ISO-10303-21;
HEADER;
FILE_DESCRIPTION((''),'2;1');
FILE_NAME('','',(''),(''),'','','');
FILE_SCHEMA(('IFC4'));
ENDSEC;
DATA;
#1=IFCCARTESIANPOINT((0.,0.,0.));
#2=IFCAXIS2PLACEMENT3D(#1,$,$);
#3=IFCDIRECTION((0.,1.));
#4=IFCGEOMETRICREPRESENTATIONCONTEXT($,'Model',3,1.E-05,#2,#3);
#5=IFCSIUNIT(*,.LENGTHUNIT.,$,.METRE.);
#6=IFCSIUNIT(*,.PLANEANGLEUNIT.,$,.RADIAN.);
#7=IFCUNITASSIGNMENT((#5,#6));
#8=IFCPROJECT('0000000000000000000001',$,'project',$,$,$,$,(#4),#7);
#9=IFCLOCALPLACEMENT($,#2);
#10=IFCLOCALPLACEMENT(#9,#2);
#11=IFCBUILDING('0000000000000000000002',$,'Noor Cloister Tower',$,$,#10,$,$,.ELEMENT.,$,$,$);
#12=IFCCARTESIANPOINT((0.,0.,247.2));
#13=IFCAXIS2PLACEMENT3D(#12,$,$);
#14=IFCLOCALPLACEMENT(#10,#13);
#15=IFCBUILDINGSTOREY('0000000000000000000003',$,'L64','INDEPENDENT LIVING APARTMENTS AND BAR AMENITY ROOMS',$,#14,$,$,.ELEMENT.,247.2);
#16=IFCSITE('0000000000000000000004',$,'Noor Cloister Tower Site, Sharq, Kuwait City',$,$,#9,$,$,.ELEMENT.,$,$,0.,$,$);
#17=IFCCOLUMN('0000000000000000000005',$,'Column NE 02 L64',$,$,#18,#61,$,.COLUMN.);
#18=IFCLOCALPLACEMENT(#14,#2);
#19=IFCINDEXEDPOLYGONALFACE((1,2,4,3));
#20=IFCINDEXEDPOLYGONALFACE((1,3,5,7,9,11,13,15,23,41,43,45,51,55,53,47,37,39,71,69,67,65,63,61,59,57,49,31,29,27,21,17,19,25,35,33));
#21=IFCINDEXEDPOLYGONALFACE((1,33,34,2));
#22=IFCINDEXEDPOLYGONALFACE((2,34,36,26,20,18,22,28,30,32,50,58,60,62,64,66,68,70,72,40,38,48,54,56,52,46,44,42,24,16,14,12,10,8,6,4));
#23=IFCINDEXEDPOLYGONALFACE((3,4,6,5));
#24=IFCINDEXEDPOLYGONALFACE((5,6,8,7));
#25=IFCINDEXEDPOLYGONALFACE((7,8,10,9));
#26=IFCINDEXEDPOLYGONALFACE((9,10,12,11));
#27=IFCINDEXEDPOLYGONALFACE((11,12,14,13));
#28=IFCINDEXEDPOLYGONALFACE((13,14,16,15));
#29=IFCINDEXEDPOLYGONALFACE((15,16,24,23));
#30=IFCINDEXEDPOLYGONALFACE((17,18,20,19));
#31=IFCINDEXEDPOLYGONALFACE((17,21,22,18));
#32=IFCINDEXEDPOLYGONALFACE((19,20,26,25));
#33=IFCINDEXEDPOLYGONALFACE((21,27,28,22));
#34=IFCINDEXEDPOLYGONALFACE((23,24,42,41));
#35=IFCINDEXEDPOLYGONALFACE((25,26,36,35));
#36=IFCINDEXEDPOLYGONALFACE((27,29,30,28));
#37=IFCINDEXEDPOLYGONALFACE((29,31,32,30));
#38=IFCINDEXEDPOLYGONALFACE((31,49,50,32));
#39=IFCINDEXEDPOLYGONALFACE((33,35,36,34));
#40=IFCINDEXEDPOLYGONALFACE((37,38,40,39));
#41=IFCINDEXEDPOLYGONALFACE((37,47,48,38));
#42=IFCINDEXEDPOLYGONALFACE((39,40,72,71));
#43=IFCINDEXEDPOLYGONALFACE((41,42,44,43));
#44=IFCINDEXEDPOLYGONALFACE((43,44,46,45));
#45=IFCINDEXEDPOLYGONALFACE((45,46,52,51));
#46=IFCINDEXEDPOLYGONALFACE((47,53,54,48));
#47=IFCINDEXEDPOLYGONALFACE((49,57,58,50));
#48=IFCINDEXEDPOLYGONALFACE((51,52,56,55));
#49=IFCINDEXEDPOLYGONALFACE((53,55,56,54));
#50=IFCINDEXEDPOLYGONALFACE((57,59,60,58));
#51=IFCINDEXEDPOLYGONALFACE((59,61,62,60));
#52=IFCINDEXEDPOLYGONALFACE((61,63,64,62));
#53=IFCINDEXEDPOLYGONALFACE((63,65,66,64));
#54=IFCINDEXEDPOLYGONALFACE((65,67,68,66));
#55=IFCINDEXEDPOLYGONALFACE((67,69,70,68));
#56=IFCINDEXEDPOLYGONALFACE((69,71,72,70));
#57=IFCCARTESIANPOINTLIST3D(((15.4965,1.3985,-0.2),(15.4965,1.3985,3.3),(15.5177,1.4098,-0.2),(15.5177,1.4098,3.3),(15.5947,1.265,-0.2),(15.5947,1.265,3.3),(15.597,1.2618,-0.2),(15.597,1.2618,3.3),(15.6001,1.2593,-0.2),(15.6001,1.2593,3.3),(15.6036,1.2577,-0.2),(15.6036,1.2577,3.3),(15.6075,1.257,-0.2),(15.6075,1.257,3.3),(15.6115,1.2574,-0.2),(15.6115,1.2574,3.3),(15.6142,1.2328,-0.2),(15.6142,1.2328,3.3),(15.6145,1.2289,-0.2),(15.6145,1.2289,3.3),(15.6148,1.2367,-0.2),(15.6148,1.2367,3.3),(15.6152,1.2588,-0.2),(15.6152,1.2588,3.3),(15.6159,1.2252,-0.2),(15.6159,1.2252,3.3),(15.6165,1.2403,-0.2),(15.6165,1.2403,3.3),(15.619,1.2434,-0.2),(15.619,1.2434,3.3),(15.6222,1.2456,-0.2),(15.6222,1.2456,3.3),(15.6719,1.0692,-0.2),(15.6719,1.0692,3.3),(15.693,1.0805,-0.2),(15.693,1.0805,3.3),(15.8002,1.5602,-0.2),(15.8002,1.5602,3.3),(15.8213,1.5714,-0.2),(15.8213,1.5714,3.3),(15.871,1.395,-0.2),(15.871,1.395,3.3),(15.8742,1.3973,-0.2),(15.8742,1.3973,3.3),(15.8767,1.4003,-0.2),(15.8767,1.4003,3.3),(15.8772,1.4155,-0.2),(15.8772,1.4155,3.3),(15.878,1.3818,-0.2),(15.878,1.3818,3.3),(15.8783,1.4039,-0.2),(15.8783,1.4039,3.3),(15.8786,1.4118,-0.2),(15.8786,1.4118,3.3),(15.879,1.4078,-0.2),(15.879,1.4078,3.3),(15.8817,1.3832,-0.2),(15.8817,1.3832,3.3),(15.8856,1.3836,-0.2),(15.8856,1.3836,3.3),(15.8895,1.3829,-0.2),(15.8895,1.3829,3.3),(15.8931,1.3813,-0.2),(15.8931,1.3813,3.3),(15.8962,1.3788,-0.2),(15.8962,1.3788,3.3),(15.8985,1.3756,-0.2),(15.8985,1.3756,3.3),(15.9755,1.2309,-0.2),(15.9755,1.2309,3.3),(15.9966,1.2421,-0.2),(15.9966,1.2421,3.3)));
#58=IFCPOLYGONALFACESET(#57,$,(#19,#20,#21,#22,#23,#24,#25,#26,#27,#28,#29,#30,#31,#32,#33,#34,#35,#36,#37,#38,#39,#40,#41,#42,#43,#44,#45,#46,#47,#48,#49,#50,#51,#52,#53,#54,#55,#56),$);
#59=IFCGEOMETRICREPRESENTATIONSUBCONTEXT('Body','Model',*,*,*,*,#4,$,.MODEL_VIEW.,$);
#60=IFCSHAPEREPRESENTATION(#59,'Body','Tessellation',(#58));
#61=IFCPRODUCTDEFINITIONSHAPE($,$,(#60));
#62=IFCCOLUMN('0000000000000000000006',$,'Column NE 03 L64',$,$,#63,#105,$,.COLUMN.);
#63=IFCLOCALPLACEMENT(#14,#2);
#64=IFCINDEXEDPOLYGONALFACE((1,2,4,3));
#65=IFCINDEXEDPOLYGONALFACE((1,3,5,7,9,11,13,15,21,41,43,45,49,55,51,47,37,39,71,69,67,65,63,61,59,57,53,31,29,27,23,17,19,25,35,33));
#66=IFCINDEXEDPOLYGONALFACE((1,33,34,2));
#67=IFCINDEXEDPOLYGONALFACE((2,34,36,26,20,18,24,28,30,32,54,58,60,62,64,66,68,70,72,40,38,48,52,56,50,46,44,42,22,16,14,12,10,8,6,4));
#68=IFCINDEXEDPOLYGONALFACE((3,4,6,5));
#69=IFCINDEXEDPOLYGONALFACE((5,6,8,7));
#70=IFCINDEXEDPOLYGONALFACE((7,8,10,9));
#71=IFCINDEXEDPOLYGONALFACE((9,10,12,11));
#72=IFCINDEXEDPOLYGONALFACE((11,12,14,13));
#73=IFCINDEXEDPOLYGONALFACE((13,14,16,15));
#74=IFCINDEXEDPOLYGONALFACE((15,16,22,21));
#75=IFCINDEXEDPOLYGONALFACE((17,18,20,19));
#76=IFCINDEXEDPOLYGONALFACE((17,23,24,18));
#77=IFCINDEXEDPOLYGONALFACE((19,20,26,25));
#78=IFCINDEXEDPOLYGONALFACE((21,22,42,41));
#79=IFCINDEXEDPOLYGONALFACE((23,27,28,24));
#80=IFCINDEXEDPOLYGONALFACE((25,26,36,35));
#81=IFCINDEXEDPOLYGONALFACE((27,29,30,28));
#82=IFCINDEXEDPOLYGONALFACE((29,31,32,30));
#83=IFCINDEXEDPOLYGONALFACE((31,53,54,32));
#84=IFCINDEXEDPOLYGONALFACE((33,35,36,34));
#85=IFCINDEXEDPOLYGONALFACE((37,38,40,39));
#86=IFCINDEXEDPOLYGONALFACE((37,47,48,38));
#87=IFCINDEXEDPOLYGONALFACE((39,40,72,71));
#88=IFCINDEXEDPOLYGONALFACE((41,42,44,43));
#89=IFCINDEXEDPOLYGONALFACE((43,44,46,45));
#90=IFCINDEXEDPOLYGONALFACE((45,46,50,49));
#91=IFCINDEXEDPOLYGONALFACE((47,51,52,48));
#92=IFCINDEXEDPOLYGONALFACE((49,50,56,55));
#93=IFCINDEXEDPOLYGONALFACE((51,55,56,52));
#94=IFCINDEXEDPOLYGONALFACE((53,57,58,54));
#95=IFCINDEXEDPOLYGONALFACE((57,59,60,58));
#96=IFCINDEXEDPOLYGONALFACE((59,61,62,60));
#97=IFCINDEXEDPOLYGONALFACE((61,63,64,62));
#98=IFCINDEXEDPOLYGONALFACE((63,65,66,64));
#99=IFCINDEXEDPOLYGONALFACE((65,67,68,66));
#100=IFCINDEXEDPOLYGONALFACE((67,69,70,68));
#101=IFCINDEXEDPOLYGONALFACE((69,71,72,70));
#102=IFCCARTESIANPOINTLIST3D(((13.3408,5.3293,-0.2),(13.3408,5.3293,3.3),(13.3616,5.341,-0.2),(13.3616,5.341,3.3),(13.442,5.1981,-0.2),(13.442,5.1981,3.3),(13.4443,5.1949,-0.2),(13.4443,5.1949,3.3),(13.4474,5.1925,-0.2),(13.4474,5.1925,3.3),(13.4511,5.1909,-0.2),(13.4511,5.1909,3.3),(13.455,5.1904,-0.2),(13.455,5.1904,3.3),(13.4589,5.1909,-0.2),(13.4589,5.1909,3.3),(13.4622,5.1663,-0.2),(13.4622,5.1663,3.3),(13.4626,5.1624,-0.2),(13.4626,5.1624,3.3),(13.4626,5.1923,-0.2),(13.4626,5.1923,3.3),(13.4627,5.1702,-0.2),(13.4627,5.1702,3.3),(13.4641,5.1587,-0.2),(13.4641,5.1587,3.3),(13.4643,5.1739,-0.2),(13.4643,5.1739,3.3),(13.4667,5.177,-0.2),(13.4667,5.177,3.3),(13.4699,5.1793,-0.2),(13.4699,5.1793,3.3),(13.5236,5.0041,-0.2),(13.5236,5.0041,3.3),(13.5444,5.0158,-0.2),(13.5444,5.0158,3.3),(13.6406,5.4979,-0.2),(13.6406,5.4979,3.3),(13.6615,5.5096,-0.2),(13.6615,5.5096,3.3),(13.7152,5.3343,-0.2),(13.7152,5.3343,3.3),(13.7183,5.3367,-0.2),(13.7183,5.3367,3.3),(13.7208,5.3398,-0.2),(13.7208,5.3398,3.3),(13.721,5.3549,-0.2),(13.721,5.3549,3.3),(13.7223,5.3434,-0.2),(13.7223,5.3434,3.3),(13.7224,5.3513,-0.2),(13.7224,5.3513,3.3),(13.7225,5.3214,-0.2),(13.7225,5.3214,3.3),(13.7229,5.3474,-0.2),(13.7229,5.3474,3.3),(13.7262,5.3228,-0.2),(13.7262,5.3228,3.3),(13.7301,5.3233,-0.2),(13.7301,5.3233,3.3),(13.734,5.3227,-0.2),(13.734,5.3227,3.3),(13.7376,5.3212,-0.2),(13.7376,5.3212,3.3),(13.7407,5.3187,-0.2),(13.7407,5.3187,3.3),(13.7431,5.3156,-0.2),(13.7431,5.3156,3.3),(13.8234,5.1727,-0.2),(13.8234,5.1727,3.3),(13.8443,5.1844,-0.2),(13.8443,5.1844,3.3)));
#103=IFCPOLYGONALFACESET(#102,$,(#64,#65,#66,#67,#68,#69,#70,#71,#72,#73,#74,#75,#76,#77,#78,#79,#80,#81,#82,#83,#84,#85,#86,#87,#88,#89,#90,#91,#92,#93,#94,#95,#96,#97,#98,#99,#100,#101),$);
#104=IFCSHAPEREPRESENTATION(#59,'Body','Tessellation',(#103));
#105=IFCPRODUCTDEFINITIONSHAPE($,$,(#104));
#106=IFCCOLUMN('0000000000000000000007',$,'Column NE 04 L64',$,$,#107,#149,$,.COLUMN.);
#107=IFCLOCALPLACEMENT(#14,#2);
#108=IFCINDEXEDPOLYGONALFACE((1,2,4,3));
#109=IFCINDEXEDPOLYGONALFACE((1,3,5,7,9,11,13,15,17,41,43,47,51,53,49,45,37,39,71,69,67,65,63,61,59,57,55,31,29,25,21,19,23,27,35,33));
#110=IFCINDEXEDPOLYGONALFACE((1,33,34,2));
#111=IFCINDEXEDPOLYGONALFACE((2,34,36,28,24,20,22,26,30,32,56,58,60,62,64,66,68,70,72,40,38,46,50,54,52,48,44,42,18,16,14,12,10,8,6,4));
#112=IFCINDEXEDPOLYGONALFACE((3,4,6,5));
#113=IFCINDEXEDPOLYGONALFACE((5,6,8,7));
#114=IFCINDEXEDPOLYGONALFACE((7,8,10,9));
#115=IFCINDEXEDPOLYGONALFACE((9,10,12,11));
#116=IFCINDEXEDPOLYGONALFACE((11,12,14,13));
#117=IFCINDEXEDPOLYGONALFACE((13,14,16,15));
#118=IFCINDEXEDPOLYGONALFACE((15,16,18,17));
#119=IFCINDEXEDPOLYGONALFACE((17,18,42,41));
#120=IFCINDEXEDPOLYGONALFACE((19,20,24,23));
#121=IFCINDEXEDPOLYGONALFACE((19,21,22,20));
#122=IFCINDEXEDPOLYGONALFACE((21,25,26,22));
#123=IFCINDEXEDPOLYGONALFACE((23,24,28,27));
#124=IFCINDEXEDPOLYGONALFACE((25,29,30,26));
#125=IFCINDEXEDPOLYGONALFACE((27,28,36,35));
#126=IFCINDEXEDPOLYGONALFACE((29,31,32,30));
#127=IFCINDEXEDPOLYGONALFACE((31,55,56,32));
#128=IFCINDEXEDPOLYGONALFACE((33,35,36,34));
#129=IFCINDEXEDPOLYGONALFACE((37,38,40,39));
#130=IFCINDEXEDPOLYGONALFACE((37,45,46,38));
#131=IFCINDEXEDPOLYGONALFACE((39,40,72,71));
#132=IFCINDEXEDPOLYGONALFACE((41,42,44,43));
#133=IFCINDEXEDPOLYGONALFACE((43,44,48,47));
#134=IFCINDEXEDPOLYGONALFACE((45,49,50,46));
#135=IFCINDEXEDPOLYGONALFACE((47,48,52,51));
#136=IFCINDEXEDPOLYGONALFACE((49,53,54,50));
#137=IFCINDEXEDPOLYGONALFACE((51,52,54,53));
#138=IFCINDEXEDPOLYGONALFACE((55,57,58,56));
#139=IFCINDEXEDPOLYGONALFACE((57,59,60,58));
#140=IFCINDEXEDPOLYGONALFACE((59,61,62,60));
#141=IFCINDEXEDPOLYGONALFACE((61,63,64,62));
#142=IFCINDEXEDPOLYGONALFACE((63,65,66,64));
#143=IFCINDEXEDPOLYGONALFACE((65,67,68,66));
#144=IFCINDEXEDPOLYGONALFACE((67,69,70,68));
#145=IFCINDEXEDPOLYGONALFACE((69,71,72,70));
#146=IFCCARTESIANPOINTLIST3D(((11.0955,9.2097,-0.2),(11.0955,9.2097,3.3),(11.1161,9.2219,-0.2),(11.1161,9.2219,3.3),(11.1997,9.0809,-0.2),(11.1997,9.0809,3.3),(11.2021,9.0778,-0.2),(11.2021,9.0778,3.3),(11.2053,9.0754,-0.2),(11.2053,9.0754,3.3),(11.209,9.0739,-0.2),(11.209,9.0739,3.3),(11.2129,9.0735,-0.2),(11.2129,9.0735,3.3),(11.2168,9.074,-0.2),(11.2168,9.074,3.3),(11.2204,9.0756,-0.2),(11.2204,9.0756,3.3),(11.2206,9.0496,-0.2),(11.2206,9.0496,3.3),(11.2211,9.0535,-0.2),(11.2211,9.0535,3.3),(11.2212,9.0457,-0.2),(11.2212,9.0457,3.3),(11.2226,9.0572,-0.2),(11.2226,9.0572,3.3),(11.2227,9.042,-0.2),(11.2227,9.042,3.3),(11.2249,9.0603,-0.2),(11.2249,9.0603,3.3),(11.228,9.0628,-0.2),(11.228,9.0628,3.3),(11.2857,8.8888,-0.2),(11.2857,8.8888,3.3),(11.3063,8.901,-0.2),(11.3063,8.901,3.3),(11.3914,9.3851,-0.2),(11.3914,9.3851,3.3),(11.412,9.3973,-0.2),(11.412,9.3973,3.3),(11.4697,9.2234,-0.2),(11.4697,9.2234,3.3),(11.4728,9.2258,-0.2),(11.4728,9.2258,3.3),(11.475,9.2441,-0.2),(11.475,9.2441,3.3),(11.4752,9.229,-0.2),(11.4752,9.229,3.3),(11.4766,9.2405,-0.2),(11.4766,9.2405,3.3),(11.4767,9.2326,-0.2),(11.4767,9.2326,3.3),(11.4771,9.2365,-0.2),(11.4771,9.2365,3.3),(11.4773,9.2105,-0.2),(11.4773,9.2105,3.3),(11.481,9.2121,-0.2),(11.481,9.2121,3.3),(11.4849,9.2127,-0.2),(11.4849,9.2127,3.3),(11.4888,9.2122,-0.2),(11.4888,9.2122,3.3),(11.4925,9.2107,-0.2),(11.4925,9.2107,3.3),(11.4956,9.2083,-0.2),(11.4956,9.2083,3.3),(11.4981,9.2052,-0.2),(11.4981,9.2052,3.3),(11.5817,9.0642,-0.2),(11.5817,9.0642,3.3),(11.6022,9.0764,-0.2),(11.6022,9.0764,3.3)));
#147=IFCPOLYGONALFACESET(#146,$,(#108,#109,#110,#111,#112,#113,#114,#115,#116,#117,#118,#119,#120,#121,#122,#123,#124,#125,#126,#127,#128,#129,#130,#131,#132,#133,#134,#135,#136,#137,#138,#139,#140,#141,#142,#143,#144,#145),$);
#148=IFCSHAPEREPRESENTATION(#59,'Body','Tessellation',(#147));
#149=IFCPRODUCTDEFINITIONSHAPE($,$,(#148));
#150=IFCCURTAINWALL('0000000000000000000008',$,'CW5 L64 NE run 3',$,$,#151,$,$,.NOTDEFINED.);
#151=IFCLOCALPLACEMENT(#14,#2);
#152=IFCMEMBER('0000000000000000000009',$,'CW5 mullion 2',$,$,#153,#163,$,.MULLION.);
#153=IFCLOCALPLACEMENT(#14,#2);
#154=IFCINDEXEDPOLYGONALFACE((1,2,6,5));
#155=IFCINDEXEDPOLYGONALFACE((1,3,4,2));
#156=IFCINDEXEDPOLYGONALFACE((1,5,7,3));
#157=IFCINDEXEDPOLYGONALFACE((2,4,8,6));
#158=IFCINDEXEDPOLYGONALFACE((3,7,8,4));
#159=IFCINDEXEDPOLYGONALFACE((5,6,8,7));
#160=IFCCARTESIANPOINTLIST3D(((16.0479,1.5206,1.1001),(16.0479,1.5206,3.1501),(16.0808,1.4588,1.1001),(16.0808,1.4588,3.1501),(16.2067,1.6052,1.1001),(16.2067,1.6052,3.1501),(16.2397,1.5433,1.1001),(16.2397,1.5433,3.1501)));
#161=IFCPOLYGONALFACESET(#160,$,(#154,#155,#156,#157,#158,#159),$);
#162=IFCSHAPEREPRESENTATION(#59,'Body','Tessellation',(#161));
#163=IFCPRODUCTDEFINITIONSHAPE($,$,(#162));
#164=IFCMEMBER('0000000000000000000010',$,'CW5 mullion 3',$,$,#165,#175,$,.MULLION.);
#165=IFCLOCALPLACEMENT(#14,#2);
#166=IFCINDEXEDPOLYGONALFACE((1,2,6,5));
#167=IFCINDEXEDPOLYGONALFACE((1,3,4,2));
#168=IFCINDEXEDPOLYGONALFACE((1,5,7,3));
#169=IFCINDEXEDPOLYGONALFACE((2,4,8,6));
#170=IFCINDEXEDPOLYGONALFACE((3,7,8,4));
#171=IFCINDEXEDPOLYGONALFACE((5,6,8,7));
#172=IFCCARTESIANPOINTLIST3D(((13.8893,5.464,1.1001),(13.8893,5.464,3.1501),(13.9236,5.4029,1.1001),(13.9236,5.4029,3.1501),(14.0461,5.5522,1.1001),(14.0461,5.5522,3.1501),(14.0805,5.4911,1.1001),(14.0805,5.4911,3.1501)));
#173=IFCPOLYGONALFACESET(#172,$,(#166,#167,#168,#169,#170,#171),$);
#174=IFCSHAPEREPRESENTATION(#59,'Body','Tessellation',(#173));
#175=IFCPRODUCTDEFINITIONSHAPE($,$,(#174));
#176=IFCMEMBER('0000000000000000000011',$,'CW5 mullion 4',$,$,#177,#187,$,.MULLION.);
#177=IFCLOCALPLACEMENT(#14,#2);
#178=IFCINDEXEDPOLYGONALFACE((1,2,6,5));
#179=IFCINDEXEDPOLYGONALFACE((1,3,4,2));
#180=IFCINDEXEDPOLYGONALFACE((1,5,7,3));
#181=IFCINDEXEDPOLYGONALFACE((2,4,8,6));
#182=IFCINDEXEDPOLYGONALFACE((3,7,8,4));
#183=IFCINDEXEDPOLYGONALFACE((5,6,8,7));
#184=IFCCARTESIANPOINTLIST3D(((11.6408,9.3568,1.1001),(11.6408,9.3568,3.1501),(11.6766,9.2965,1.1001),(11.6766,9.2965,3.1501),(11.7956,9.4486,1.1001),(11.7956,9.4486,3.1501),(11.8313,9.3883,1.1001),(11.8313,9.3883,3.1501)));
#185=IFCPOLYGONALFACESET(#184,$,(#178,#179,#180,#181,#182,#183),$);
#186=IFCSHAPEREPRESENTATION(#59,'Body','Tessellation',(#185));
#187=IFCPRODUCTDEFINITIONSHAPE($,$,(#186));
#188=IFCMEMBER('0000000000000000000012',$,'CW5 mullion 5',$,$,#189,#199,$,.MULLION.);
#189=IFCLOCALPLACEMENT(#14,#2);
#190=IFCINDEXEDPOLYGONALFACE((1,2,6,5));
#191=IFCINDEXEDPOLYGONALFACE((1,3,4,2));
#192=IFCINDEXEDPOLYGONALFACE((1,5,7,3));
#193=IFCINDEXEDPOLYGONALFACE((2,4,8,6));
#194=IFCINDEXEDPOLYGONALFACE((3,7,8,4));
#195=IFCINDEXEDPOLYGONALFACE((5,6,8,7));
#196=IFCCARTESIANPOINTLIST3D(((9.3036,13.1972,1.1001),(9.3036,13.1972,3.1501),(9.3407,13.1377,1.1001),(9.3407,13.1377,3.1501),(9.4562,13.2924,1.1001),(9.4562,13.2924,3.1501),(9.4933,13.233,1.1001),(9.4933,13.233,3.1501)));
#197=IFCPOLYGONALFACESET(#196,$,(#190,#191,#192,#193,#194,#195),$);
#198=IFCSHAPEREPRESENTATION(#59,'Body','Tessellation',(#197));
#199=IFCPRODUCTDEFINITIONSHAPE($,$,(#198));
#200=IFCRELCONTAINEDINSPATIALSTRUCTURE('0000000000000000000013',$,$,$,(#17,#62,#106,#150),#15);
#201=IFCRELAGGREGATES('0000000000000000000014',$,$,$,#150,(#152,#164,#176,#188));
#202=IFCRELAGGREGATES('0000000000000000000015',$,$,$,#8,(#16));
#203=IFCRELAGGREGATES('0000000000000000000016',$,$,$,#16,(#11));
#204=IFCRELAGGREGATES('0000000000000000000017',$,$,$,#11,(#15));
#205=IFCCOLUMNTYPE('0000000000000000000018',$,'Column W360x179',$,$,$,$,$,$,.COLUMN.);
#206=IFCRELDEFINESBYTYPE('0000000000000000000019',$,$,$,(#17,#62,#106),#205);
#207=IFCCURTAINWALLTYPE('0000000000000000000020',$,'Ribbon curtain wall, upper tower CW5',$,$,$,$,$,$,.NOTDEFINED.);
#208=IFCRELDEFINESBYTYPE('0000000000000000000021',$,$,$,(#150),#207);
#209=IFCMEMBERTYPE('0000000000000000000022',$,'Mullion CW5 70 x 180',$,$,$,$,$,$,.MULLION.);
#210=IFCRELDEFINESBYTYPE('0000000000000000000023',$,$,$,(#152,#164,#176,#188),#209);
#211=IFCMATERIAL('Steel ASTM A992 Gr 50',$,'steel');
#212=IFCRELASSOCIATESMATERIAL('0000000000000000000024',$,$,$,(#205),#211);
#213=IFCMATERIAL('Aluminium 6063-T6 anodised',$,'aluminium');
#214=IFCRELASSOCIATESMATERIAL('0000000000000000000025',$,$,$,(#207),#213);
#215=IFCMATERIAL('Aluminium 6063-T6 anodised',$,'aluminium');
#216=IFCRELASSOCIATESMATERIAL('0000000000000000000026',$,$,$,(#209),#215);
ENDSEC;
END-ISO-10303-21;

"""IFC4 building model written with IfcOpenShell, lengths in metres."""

from ifc_helpers import new_model, si_unit, direction, frame, origin, origin_2d, place, context, subcontext, project, spatial, rectangle, i_section, extrude, material, material_profile, profile_set, type_object, element, aggregate, save


model = new_model("IFC4")

# Units and contexts
model_context = context("Model", 3, precision=1e-05, world=origin(), true_north=direction((0.0, 1.0)))
body_context = subcontext(model_context, "Body", "Model", "MODEL_VIEW")
ifc_project = project(units=[si_unit("LENGTHUNIT", "METRE"), si_unit("PLANEANGLEUNIT", "RADIAN")], contexts=[model_context])

# Site, building, storey
site_placement = place(None, origin())
site = spatial("IfcSite", under=ifc_project, at=site_placement, Name="Noor Cloister Tower Site, Sharq, Kuwait City", CompositionType="ELEMENT", RefElevation=0.0)
building_placement = place(site_placement, origin())
building = spatial("IfcBuilding", under=site, at=building_placement, Name="Noor Cloister Tower", CompositionType="ELEMENT")
storey_placement = place(building_placement, frame((0.0, 0.0, 247.2)))
storey = spatial("IfcBuildingStorey", under=building, at=storey_placement, Name="L64", Description="INDEPENDENT LIVING APARTMENTS AND BAR AMENITY ROOMS", CompositionType="ELEMENT", Elevation=247.2)

# Columns
ifc_material_1 = material(Name="Steel ASTM A992 Gr 50", Category="steel")
ifc_material_profile_1 = material_profile(ifc_material_1, i_section(OverallWidth=0.373, OverallDepth=0.3679, WebThickness=0.0149, FlangeThickness=0.0239, FilletRadius=0.0151, at=origin_2d()), Name="W360x179")
ifc_profile_set_1 = profile_set([ifc_material_profile_1], Name="Steel ASTM A992 Gr 50")
column_type = type_object("IfcColumnType", Name="Column W360x179", PredefinedType="COLUMN", material=ifc_profile_set_1)
for number, where, z_axis, x_axis, name in (
    (1, (15.7466, 1.3203, -0.2), (0.0, 0.0, 1.0), (-0.469927, 0.882705, 0.0), "Column NE 02 L64"),
    (2, (13.5925, 5.2568, -0.2), (0.0, 0.0, 1.0), (-0.49004, 0.8717, 0.0), "Column NE 03 L64"),
    (3, (11.3489, 9.1431, -0.2), (0.0, 0.0, 1.0), (-0.509895, 0.860237, 0.0), "Column NE 04 L64"),
):
    element("IfcColumn", number, at=place(storey_placement, frame(where, z_axis=z_axis, x_axis=x_axis)), inside=storey, type_object=column_type, Name=name, PredefinedType="COLUMN", context=body_context, shape_type="SweptSolid", body=[
        extrude(i_section(OverallWidth=0.373, OverallDepth=0.3679, WebThickness=0.0149, FlangeThickness=0.0239, FilletRadius=0.0151, at=origin_2d()), origin(), (0.0, 0.0, 1.0), 3.5),
    ])

# Curtain wall, members
ifc_material_2 = material(Name="Aluminium 6063-T6 anodised", Category="aluminium")
curtain_wall_type = type_object("IfcCurtainWallType", Name="Ribbon curtain wall, upper tower CW5", PredefinedType="NOTDEFINED", material=ifc_material_2)
curtain_wall_placement = place(storey_placement, origin())
curtain_wall = element("IfcCurtainWall", 4, at=curtain_wall_placement, inside=storey, type_object=curtain_wall_type, Name="CW5 L64 NE run 3", PredefinedType="NOTDEFINED")
ifc_material_3 = material(Name="Aluminium 6063-T6 anodised", Category="aluminium")
ifc_material_profile_2 = material_profile(ifc_material_3, rectangle(XDim=0.1799, YDim=0.0701, at=origin_2d()), Name="180 x 70 mullion")
ifc_profile_set_2 = profile_set([ifc_material_profile_2], Name="Aluminium 6063-T6 anodised")
member_type = type_object("IfcMemberType", Name="Mullion CW5 70 x 180", PredefinedType="MULLION", material=ifc_profile_set_2)
member_1_placement = place(storey_placement, frame((16.1438, 1.532, 1.1001), z_axis=(0.0, 0.0, 1.0), x_axis=(-0.882705, -0.469927, 0.0)))
member_1 = element("IfcMember", 5, at=member_1_placement, type_object=member_type, Name="CW5 mullion 2", PredefinedType="MULLION", context=body_context, shape_type="SweptSolid", body=[
    extrude(rectangle(XDim=0.1799, YDim=0.0701, at=origin_2d()), origin(), (0.0, 0.0, 1.0), 2.05),
])
member_2_placement = place(storey_placement, frame((13.9849, 5.4775, 1.1001), z_axis=(0.0, 0.0, 1.0), x_axis=(-0.8717, -0.49004, 0.0)))
member_2 = element("IfcMember", 6, at=member_2_placement, type_object=member_type, Name="CW5 mullion 3", PredefinedType="MULLION", context=body_context, shape_type="SweptSolid", body=[
    extrude(rectangle(XDim=0.1799, YDim=0.0701, at=origin_2d()), origin(), (0.0, 0.0, 1.0), 2.05),
])
member_3_placement = place(storey_placement, frame((11.7361, 9.3726, 1.1001), z_axis=(0.0, 0.0, 1.0), x_axis=(-0.860237, -0.509895, 0.0)))
member_3 = element("IfcMember", 7, at=member_3_placement, type_object=member_type, Name="CW5 mullion 4", PredefinedType="MULLION", context=body_context, shape_type="SweptSolid", body=[
    extrude(rectangle(XDim=0.1799, YDim=0.0701, at=origin_2d()), origin(), (0.0, 0.0, 1.0), 2.05),
])
member_4_placement = place(storey_placement, frame((9.3984, 13.2151, 1.1001), z_axis=(0.0, 0.0, 1.0), x_axis=(-0.848322, -0.529481, 0.0)))
member_4 = element("IfcMember", 8, at=member_4_placement, type_object=member_type, Name="CW5 mullion 5", PredefinedType="MULLION", context=body_context, shape_type="SweptSolid", body=[
    extrude(rectangle(XDim=0.1799, YDim=0.0701, at=origin_2d()), origin(), (0.0, 0.0, 1.0), 2.05),
])

aggregate(curtain_wall, [member_1, member_2, member_3, member_4])

save(model, "model.ifc")
